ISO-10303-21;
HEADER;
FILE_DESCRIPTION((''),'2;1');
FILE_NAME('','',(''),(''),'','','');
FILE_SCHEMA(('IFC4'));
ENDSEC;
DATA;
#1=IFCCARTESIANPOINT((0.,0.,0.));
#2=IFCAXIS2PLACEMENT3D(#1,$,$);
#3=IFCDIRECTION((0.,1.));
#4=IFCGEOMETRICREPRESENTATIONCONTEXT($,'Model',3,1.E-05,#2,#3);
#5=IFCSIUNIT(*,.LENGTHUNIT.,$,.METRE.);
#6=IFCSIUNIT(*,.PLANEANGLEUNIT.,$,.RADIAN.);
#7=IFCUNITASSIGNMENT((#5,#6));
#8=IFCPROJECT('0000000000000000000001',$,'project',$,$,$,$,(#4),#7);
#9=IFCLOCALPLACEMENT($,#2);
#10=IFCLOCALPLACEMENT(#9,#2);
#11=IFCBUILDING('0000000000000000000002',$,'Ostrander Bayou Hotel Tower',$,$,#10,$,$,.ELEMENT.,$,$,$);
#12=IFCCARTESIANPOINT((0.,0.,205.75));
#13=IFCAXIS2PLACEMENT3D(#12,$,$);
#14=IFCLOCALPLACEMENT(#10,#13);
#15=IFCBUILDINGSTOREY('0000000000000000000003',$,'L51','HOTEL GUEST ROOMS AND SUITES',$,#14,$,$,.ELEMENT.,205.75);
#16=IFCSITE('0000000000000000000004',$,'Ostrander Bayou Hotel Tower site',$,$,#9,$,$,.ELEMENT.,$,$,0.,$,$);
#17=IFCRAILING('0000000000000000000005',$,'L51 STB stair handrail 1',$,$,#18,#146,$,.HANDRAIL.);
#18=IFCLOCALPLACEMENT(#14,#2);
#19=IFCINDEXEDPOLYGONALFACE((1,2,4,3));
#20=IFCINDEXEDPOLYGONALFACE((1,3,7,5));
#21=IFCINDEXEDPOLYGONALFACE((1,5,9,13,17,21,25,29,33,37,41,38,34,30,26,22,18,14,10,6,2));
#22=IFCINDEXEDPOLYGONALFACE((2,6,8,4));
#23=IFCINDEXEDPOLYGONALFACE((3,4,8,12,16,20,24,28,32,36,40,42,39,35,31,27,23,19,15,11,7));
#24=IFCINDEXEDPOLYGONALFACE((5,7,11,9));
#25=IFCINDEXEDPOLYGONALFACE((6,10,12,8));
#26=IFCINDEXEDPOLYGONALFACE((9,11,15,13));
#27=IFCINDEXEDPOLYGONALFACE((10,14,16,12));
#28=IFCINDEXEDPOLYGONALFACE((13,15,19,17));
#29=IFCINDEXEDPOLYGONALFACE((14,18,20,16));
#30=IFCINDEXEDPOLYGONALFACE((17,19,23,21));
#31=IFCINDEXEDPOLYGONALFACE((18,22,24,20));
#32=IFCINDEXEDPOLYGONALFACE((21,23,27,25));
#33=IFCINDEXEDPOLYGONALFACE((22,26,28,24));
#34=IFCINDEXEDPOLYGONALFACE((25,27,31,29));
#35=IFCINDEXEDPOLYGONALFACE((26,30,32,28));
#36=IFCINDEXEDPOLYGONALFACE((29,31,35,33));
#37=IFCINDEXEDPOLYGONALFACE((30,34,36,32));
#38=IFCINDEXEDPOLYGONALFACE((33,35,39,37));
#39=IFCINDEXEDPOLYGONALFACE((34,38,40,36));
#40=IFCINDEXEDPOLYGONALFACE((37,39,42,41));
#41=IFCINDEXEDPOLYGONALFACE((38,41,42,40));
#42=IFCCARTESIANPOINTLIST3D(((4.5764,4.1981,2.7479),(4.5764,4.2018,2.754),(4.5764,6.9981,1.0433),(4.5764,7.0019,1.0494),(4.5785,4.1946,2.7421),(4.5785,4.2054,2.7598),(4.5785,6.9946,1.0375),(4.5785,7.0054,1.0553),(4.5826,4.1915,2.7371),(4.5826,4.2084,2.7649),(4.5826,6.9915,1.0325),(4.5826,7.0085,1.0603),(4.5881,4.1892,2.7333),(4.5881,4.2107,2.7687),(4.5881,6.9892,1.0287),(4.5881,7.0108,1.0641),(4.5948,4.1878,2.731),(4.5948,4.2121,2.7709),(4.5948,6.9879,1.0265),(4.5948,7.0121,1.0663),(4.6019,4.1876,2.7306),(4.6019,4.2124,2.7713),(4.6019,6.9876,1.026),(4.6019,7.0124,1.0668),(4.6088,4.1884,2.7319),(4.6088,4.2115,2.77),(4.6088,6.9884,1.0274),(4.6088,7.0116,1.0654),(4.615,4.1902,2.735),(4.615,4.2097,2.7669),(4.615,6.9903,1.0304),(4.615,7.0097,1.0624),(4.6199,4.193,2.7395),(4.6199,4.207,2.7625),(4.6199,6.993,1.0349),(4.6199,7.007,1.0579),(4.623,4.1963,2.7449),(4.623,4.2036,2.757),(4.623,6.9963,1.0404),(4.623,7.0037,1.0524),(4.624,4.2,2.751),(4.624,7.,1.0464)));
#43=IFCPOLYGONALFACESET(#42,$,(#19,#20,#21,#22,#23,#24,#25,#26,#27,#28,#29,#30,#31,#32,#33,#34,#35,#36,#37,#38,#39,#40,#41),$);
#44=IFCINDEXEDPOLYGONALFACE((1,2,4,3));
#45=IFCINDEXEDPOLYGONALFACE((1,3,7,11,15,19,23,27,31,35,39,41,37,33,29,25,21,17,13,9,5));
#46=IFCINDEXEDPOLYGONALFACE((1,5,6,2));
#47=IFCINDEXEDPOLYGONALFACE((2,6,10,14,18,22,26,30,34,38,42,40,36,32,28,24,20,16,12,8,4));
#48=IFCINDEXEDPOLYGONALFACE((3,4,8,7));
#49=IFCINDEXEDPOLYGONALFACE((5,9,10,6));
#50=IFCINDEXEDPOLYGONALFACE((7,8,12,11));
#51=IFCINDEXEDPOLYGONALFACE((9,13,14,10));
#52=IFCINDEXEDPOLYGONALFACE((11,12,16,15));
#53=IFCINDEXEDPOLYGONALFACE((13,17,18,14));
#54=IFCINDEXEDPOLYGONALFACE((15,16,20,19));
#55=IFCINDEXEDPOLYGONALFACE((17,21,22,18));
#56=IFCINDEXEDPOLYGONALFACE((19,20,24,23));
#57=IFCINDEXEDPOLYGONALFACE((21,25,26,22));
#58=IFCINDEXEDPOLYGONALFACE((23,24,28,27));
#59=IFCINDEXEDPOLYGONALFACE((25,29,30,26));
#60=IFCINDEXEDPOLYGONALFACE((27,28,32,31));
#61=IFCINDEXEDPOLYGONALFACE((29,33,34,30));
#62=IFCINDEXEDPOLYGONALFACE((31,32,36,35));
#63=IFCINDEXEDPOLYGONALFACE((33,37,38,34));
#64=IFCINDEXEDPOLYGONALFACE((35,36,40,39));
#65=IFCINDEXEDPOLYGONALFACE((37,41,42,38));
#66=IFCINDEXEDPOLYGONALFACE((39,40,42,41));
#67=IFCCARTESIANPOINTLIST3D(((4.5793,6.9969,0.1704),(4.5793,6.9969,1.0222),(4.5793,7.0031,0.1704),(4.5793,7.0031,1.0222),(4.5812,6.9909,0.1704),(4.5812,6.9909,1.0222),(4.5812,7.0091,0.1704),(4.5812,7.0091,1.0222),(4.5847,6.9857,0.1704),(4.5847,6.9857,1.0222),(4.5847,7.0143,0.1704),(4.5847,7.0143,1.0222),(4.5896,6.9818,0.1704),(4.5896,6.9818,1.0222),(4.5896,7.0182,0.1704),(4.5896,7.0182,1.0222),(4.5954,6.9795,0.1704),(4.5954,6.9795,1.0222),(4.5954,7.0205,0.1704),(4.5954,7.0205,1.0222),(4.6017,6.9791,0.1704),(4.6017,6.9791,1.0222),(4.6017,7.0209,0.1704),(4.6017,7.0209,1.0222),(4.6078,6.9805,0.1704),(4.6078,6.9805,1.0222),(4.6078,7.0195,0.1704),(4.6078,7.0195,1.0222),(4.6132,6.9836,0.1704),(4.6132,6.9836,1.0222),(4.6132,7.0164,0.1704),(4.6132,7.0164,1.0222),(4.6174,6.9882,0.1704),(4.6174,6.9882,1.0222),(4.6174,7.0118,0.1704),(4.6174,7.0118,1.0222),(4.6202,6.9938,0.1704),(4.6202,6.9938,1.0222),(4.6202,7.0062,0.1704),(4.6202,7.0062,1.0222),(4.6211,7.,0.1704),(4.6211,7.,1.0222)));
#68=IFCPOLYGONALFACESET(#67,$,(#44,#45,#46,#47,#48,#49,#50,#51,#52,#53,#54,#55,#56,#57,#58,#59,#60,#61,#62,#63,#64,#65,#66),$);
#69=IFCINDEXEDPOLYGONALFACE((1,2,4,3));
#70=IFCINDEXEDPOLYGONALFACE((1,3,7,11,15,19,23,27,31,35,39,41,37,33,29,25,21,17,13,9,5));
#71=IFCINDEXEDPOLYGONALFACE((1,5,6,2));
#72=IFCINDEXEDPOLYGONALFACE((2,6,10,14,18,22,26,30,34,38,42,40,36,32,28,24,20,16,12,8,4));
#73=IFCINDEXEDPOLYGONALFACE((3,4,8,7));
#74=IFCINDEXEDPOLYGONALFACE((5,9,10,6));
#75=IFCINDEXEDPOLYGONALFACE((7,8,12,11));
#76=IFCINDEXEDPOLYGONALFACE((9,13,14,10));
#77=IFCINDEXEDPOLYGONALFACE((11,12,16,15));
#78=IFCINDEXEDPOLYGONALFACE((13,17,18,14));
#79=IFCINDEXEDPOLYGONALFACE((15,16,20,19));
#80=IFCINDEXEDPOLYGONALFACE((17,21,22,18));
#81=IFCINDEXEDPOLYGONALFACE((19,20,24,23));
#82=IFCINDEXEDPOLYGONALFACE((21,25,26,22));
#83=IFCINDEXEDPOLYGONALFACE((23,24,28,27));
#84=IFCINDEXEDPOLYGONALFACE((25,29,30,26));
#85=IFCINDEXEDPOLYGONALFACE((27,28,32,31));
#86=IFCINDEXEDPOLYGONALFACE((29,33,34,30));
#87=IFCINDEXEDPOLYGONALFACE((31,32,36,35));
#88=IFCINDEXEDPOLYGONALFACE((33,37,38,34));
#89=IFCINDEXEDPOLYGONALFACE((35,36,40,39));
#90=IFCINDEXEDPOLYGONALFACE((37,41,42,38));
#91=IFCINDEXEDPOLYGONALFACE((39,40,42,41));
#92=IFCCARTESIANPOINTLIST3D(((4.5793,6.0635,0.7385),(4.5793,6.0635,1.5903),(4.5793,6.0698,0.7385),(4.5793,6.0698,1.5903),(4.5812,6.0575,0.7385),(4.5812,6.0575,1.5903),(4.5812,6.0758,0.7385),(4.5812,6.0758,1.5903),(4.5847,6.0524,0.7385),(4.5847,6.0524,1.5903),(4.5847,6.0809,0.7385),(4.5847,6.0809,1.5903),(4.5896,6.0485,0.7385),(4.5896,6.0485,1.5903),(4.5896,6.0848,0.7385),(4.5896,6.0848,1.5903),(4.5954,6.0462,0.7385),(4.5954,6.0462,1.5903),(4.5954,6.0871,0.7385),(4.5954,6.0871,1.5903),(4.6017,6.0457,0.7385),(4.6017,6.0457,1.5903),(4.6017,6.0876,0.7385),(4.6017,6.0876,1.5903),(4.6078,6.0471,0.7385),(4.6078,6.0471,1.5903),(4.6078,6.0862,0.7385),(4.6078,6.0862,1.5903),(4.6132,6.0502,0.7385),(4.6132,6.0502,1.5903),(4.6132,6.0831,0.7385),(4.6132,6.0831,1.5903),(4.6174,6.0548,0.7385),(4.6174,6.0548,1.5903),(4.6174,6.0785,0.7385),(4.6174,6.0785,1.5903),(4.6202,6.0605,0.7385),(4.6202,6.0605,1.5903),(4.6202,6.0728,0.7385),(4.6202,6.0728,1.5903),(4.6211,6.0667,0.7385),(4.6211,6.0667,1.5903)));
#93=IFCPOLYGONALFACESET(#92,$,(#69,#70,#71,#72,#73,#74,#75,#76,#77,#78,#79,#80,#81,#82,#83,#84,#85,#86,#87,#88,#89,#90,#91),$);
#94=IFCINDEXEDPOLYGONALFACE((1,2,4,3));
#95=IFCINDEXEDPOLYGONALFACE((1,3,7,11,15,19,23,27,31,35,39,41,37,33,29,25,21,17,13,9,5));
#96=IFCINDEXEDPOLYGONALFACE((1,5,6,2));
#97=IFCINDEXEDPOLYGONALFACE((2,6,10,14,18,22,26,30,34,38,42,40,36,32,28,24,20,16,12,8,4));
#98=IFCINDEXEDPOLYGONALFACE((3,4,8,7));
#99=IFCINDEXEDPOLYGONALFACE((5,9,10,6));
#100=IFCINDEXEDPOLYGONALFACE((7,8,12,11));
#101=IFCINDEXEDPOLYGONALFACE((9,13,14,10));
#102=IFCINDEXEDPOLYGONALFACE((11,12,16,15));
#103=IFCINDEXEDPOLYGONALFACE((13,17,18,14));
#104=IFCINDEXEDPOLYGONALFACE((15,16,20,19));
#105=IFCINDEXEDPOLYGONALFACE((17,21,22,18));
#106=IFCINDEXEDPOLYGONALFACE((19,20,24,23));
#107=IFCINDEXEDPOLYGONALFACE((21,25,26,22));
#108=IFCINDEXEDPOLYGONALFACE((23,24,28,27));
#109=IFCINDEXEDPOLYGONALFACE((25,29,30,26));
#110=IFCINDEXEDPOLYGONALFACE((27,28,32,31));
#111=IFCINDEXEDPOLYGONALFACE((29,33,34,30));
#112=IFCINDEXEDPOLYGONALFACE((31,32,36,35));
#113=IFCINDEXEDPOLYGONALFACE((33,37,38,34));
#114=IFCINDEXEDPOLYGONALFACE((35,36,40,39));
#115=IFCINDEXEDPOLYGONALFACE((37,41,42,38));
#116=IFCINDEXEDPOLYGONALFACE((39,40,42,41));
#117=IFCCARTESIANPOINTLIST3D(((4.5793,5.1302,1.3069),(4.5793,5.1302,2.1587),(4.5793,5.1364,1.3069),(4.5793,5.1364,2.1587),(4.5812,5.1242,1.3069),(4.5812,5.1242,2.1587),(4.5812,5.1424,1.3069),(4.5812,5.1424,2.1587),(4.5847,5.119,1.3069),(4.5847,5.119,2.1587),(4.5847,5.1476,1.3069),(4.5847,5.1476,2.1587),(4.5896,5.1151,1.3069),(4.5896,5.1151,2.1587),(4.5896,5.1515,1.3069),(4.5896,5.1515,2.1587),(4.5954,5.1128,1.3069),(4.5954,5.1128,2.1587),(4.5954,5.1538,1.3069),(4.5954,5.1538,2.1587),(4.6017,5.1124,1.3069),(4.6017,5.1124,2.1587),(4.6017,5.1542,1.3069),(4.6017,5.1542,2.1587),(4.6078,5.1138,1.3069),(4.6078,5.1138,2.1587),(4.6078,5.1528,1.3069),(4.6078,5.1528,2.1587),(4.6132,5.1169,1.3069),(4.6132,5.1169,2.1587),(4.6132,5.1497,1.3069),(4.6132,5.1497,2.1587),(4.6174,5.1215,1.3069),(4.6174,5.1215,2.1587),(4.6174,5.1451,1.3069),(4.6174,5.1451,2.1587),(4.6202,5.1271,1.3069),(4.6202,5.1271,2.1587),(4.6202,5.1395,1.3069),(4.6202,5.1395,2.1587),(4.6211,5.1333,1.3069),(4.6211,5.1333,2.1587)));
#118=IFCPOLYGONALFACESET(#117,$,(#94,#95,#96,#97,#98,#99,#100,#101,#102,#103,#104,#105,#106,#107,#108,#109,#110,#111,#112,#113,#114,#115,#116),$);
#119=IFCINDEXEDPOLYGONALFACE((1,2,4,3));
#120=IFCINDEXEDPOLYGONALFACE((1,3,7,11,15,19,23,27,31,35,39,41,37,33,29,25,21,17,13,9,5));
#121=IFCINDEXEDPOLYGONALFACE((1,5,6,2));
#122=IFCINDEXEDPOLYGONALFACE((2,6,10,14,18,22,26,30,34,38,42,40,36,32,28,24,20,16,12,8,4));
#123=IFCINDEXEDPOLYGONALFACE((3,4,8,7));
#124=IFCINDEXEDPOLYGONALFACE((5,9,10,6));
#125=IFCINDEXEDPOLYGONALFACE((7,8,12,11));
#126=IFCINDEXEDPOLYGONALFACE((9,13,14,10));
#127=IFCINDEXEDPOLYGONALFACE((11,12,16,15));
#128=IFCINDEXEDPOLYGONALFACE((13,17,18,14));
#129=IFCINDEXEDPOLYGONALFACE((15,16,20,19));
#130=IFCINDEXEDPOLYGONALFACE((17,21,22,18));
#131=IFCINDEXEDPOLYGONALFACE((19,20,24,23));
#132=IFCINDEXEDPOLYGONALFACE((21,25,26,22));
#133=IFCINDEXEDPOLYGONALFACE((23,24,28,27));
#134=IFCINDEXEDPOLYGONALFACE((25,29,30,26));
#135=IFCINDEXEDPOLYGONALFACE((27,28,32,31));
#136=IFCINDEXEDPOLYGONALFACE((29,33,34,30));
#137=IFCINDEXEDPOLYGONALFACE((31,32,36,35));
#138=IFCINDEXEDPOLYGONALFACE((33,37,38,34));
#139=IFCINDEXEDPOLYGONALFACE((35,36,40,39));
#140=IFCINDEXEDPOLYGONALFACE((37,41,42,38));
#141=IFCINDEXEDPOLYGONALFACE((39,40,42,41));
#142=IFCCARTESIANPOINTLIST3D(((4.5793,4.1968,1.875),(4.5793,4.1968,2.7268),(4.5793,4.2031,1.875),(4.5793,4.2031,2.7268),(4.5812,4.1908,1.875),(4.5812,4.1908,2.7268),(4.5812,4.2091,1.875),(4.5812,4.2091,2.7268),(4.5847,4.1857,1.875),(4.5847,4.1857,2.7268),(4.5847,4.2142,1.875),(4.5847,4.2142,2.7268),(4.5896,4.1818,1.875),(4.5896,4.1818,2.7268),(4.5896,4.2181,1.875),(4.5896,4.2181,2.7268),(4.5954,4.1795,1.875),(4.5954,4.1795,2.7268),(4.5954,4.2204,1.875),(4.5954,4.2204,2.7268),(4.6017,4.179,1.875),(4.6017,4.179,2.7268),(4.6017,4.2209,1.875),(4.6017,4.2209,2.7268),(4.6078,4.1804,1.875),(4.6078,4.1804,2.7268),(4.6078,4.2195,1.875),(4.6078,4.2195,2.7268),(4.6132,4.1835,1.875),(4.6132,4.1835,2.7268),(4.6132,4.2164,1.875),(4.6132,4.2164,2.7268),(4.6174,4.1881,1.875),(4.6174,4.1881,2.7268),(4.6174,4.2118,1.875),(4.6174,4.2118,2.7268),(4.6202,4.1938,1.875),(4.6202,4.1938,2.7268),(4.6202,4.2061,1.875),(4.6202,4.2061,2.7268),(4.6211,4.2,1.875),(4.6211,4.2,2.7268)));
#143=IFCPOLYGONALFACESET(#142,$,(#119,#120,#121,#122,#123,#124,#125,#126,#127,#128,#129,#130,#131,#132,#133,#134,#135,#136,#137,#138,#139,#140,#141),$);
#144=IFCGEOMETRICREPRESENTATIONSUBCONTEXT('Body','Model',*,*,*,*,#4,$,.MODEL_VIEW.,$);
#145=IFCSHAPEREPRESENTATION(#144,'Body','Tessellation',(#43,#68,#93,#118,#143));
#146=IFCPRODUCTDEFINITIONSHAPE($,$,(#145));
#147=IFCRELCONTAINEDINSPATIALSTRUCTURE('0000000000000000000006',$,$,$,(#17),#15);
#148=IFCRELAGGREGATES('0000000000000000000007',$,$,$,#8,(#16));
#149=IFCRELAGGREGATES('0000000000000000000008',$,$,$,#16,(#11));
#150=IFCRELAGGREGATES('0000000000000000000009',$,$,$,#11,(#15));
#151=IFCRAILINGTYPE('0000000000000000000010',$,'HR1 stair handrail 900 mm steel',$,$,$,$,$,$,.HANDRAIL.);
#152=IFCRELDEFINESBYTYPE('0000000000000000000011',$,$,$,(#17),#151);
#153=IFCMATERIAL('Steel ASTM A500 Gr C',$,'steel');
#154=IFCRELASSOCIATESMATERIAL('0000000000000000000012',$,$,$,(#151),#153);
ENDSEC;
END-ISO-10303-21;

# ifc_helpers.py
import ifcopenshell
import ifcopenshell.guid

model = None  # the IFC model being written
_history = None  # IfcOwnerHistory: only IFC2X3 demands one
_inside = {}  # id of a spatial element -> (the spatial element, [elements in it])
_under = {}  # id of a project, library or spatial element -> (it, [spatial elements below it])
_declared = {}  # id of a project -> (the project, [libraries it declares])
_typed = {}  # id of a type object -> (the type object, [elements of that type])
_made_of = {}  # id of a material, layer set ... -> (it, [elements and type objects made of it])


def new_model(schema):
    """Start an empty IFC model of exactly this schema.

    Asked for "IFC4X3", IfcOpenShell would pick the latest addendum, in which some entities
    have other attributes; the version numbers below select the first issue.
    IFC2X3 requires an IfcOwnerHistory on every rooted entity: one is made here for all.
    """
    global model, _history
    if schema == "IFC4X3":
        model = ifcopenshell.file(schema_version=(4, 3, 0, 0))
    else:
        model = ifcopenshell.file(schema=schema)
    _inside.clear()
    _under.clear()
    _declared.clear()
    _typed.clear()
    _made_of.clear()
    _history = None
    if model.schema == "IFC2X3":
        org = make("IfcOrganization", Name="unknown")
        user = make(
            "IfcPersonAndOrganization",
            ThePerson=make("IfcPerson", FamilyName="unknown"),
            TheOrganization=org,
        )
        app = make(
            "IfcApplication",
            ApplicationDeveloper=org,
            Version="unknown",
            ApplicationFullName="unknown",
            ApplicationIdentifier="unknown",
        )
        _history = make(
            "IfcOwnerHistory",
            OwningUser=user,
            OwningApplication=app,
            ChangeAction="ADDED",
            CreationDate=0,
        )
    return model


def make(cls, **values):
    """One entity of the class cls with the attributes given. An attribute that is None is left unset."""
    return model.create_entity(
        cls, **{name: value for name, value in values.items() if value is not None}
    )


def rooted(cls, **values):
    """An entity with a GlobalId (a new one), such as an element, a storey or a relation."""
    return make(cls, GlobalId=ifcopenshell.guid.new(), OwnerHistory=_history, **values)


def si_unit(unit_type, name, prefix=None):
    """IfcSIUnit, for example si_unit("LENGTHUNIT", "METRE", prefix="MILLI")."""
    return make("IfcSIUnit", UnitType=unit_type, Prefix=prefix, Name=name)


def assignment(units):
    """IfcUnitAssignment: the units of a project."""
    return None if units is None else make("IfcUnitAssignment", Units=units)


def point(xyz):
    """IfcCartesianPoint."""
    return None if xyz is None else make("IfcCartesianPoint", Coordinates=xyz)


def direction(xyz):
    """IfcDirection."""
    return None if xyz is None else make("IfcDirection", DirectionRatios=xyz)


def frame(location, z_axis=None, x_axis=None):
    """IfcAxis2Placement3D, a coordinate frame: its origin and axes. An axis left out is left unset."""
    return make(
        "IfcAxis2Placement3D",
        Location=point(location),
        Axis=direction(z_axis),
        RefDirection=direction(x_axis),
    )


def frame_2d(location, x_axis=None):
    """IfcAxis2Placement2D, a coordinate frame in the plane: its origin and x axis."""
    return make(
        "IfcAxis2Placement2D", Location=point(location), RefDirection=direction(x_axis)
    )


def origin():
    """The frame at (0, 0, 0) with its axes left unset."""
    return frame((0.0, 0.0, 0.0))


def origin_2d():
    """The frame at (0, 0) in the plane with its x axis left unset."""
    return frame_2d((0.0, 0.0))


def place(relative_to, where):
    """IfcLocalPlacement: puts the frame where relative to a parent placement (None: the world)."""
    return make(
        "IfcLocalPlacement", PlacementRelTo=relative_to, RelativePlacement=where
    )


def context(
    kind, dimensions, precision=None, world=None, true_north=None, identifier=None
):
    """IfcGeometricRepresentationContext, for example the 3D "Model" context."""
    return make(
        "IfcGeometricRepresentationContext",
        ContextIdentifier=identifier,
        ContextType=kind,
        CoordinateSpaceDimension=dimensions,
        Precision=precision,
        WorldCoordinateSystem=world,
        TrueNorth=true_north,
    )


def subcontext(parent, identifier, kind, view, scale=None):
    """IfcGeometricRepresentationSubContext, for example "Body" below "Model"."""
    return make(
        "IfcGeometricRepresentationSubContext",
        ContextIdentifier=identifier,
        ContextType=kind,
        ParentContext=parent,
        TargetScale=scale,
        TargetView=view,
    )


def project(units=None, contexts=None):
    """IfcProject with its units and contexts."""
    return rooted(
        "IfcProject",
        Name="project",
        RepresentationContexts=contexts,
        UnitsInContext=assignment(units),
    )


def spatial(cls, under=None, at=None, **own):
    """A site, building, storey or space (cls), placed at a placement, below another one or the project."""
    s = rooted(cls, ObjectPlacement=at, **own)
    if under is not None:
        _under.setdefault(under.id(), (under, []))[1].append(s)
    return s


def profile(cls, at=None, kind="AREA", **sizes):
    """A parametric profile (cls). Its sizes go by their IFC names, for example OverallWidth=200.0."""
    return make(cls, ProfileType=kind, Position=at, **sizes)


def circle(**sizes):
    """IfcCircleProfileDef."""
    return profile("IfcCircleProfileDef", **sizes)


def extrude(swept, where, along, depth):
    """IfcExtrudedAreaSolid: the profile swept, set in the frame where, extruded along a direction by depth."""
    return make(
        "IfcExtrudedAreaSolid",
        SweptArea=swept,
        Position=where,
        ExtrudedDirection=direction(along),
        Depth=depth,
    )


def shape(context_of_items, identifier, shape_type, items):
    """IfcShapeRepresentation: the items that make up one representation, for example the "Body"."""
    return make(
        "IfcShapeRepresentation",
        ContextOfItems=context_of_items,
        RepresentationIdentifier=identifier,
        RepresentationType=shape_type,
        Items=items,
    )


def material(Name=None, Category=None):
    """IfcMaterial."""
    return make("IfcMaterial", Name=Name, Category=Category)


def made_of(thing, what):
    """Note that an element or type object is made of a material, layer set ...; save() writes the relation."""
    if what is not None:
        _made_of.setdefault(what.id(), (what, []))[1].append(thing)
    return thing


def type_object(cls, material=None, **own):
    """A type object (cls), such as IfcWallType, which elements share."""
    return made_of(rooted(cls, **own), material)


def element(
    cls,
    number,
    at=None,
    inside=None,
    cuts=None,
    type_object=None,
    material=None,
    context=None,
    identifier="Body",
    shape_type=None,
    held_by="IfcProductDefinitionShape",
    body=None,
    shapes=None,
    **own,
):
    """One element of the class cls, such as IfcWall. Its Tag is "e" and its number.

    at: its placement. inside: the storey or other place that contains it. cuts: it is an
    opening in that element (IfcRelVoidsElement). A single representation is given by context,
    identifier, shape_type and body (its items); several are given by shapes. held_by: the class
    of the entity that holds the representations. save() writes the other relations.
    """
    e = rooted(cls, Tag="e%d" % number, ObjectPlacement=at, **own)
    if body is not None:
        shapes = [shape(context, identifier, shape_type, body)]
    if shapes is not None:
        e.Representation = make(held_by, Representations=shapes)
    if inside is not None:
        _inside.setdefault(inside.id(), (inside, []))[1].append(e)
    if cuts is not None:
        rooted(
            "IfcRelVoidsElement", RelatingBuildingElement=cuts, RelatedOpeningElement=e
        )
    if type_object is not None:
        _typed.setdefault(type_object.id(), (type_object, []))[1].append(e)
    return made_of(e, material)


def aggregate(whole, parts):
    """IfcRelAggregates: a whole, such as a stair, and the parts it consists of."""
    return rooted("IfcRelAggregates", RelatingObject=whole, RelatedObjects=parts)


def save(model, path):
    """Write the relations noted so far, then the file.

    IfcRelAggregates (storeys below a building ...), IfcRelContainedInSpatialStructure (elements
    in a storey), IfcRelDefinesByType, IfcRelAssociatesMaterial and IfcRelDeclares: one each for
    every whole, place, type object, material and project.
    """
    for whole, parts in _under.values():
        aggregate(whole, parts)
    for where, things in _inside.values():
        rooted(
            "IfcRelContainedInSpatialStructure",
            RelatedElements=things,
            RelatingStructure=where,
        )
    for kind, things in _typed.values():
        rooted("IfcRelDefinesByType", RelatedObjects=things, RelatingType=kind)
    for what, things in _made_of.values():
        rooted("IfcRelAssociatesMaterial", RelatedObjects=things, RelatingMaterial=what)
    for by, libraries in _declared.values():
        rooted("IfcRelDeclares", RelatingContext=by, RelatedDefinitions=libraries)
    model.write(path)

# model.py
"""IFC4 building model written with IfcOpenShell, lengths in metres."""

from ifc_helpers import new_model, si_unit, direction, frame, origin, origin_2d, place, context, subcontext, project, spatial, circle, extrude, material, type_object, element, save


model = new_model("IFC4")

# Units and contexts
model_context = context("Model", 3, precision=1e-05, world=origin(), true_north=direction((0.0, 1.0)))
body_context = subcontext(model_context, "Body", "Model", "MODEL_VIEW")
ifc_project = project(units=[si_unit("LENGTHUNIT", "METRE"), si_unit("PLANEANGLEUNIT", "RADIAN")], contexts=[model_context])

# Site, building, storey
site_placement = place(None, origin())
site = spatial("IfcSite", under=ifc_project, at=site_placement, Name="Ostrander Bayou Hotel Tower site", CompositionType="ELEMENT", RefElevation=0.0)
building_placement = place(site_placement, origin())
building = spatial("IfcBuilding", under=site, at=building_placement, Name="Ostrander Bayou Hotel Tower", CompositionType="ELEMENT")
storey_placement = place(building_placement, frame((0.0, 0.0, 205.75)))
storey = spatial("IfcBuildingStorey", under=building, at=storey_placement, Name="L51", Description="HOTEL GUEST ROOMS AND SUITES", CompositionType="ELEMENT", Elevation=205.75)

# Railing
ifc_material_1 = material(Name="Steel ASTM A500 Gr C", Category="steel")
railing_type_1 = type_object("IfcRailingType", Name="HR1 stair handrail 900 mm steel", PredefinedType="HANDRAIL", material=ifc_material_1)
railing_1_placement = place(storey_placement, frame((4.6001, 7.0, 0.1704)))
element("IfcRailing", 1, at=railing_1_placement, inside=storey, type_object=railing_type_1, Name="L51 STB stair handrail 1", PredefinedType="HANDRAIL", context=body_context, shape_type="SweptSolid", body=[
    extrude(circle(Radius=0.0239, at=origin_2d()), frame((0.0, 0.0, 0.876), z_axis=(0.0, -0.85417, 0.519994), x_axis=(1.0, 0.0, 0.0)), (0.0, 0.0, 1.0), 3.2781),
    extrude(circle(Radius=0.021, at=origin_2d()), origin(), (0.0, 0.0, 1.0), 0.8518),
    extrude(circle(Radius=0.021, at=origin_2d()), frame((0.0, -0.9333, 0.5681)), (0.0, 0.0, 1.0), 0.8518),
    extrude(circle(Radius=0.021, at=origin_2d()), frame((0.0, -1.8667, 1.1365)), (0.0, 0.0, 1.0), 0.8518),
    extrude(circle(Radius=0.021, at=origin_2d()), frame((0.0, -2.8, 1.7046)), (0.0, 0.0, 1.0), 0.8518),
])

save(model, "model.ifc")
